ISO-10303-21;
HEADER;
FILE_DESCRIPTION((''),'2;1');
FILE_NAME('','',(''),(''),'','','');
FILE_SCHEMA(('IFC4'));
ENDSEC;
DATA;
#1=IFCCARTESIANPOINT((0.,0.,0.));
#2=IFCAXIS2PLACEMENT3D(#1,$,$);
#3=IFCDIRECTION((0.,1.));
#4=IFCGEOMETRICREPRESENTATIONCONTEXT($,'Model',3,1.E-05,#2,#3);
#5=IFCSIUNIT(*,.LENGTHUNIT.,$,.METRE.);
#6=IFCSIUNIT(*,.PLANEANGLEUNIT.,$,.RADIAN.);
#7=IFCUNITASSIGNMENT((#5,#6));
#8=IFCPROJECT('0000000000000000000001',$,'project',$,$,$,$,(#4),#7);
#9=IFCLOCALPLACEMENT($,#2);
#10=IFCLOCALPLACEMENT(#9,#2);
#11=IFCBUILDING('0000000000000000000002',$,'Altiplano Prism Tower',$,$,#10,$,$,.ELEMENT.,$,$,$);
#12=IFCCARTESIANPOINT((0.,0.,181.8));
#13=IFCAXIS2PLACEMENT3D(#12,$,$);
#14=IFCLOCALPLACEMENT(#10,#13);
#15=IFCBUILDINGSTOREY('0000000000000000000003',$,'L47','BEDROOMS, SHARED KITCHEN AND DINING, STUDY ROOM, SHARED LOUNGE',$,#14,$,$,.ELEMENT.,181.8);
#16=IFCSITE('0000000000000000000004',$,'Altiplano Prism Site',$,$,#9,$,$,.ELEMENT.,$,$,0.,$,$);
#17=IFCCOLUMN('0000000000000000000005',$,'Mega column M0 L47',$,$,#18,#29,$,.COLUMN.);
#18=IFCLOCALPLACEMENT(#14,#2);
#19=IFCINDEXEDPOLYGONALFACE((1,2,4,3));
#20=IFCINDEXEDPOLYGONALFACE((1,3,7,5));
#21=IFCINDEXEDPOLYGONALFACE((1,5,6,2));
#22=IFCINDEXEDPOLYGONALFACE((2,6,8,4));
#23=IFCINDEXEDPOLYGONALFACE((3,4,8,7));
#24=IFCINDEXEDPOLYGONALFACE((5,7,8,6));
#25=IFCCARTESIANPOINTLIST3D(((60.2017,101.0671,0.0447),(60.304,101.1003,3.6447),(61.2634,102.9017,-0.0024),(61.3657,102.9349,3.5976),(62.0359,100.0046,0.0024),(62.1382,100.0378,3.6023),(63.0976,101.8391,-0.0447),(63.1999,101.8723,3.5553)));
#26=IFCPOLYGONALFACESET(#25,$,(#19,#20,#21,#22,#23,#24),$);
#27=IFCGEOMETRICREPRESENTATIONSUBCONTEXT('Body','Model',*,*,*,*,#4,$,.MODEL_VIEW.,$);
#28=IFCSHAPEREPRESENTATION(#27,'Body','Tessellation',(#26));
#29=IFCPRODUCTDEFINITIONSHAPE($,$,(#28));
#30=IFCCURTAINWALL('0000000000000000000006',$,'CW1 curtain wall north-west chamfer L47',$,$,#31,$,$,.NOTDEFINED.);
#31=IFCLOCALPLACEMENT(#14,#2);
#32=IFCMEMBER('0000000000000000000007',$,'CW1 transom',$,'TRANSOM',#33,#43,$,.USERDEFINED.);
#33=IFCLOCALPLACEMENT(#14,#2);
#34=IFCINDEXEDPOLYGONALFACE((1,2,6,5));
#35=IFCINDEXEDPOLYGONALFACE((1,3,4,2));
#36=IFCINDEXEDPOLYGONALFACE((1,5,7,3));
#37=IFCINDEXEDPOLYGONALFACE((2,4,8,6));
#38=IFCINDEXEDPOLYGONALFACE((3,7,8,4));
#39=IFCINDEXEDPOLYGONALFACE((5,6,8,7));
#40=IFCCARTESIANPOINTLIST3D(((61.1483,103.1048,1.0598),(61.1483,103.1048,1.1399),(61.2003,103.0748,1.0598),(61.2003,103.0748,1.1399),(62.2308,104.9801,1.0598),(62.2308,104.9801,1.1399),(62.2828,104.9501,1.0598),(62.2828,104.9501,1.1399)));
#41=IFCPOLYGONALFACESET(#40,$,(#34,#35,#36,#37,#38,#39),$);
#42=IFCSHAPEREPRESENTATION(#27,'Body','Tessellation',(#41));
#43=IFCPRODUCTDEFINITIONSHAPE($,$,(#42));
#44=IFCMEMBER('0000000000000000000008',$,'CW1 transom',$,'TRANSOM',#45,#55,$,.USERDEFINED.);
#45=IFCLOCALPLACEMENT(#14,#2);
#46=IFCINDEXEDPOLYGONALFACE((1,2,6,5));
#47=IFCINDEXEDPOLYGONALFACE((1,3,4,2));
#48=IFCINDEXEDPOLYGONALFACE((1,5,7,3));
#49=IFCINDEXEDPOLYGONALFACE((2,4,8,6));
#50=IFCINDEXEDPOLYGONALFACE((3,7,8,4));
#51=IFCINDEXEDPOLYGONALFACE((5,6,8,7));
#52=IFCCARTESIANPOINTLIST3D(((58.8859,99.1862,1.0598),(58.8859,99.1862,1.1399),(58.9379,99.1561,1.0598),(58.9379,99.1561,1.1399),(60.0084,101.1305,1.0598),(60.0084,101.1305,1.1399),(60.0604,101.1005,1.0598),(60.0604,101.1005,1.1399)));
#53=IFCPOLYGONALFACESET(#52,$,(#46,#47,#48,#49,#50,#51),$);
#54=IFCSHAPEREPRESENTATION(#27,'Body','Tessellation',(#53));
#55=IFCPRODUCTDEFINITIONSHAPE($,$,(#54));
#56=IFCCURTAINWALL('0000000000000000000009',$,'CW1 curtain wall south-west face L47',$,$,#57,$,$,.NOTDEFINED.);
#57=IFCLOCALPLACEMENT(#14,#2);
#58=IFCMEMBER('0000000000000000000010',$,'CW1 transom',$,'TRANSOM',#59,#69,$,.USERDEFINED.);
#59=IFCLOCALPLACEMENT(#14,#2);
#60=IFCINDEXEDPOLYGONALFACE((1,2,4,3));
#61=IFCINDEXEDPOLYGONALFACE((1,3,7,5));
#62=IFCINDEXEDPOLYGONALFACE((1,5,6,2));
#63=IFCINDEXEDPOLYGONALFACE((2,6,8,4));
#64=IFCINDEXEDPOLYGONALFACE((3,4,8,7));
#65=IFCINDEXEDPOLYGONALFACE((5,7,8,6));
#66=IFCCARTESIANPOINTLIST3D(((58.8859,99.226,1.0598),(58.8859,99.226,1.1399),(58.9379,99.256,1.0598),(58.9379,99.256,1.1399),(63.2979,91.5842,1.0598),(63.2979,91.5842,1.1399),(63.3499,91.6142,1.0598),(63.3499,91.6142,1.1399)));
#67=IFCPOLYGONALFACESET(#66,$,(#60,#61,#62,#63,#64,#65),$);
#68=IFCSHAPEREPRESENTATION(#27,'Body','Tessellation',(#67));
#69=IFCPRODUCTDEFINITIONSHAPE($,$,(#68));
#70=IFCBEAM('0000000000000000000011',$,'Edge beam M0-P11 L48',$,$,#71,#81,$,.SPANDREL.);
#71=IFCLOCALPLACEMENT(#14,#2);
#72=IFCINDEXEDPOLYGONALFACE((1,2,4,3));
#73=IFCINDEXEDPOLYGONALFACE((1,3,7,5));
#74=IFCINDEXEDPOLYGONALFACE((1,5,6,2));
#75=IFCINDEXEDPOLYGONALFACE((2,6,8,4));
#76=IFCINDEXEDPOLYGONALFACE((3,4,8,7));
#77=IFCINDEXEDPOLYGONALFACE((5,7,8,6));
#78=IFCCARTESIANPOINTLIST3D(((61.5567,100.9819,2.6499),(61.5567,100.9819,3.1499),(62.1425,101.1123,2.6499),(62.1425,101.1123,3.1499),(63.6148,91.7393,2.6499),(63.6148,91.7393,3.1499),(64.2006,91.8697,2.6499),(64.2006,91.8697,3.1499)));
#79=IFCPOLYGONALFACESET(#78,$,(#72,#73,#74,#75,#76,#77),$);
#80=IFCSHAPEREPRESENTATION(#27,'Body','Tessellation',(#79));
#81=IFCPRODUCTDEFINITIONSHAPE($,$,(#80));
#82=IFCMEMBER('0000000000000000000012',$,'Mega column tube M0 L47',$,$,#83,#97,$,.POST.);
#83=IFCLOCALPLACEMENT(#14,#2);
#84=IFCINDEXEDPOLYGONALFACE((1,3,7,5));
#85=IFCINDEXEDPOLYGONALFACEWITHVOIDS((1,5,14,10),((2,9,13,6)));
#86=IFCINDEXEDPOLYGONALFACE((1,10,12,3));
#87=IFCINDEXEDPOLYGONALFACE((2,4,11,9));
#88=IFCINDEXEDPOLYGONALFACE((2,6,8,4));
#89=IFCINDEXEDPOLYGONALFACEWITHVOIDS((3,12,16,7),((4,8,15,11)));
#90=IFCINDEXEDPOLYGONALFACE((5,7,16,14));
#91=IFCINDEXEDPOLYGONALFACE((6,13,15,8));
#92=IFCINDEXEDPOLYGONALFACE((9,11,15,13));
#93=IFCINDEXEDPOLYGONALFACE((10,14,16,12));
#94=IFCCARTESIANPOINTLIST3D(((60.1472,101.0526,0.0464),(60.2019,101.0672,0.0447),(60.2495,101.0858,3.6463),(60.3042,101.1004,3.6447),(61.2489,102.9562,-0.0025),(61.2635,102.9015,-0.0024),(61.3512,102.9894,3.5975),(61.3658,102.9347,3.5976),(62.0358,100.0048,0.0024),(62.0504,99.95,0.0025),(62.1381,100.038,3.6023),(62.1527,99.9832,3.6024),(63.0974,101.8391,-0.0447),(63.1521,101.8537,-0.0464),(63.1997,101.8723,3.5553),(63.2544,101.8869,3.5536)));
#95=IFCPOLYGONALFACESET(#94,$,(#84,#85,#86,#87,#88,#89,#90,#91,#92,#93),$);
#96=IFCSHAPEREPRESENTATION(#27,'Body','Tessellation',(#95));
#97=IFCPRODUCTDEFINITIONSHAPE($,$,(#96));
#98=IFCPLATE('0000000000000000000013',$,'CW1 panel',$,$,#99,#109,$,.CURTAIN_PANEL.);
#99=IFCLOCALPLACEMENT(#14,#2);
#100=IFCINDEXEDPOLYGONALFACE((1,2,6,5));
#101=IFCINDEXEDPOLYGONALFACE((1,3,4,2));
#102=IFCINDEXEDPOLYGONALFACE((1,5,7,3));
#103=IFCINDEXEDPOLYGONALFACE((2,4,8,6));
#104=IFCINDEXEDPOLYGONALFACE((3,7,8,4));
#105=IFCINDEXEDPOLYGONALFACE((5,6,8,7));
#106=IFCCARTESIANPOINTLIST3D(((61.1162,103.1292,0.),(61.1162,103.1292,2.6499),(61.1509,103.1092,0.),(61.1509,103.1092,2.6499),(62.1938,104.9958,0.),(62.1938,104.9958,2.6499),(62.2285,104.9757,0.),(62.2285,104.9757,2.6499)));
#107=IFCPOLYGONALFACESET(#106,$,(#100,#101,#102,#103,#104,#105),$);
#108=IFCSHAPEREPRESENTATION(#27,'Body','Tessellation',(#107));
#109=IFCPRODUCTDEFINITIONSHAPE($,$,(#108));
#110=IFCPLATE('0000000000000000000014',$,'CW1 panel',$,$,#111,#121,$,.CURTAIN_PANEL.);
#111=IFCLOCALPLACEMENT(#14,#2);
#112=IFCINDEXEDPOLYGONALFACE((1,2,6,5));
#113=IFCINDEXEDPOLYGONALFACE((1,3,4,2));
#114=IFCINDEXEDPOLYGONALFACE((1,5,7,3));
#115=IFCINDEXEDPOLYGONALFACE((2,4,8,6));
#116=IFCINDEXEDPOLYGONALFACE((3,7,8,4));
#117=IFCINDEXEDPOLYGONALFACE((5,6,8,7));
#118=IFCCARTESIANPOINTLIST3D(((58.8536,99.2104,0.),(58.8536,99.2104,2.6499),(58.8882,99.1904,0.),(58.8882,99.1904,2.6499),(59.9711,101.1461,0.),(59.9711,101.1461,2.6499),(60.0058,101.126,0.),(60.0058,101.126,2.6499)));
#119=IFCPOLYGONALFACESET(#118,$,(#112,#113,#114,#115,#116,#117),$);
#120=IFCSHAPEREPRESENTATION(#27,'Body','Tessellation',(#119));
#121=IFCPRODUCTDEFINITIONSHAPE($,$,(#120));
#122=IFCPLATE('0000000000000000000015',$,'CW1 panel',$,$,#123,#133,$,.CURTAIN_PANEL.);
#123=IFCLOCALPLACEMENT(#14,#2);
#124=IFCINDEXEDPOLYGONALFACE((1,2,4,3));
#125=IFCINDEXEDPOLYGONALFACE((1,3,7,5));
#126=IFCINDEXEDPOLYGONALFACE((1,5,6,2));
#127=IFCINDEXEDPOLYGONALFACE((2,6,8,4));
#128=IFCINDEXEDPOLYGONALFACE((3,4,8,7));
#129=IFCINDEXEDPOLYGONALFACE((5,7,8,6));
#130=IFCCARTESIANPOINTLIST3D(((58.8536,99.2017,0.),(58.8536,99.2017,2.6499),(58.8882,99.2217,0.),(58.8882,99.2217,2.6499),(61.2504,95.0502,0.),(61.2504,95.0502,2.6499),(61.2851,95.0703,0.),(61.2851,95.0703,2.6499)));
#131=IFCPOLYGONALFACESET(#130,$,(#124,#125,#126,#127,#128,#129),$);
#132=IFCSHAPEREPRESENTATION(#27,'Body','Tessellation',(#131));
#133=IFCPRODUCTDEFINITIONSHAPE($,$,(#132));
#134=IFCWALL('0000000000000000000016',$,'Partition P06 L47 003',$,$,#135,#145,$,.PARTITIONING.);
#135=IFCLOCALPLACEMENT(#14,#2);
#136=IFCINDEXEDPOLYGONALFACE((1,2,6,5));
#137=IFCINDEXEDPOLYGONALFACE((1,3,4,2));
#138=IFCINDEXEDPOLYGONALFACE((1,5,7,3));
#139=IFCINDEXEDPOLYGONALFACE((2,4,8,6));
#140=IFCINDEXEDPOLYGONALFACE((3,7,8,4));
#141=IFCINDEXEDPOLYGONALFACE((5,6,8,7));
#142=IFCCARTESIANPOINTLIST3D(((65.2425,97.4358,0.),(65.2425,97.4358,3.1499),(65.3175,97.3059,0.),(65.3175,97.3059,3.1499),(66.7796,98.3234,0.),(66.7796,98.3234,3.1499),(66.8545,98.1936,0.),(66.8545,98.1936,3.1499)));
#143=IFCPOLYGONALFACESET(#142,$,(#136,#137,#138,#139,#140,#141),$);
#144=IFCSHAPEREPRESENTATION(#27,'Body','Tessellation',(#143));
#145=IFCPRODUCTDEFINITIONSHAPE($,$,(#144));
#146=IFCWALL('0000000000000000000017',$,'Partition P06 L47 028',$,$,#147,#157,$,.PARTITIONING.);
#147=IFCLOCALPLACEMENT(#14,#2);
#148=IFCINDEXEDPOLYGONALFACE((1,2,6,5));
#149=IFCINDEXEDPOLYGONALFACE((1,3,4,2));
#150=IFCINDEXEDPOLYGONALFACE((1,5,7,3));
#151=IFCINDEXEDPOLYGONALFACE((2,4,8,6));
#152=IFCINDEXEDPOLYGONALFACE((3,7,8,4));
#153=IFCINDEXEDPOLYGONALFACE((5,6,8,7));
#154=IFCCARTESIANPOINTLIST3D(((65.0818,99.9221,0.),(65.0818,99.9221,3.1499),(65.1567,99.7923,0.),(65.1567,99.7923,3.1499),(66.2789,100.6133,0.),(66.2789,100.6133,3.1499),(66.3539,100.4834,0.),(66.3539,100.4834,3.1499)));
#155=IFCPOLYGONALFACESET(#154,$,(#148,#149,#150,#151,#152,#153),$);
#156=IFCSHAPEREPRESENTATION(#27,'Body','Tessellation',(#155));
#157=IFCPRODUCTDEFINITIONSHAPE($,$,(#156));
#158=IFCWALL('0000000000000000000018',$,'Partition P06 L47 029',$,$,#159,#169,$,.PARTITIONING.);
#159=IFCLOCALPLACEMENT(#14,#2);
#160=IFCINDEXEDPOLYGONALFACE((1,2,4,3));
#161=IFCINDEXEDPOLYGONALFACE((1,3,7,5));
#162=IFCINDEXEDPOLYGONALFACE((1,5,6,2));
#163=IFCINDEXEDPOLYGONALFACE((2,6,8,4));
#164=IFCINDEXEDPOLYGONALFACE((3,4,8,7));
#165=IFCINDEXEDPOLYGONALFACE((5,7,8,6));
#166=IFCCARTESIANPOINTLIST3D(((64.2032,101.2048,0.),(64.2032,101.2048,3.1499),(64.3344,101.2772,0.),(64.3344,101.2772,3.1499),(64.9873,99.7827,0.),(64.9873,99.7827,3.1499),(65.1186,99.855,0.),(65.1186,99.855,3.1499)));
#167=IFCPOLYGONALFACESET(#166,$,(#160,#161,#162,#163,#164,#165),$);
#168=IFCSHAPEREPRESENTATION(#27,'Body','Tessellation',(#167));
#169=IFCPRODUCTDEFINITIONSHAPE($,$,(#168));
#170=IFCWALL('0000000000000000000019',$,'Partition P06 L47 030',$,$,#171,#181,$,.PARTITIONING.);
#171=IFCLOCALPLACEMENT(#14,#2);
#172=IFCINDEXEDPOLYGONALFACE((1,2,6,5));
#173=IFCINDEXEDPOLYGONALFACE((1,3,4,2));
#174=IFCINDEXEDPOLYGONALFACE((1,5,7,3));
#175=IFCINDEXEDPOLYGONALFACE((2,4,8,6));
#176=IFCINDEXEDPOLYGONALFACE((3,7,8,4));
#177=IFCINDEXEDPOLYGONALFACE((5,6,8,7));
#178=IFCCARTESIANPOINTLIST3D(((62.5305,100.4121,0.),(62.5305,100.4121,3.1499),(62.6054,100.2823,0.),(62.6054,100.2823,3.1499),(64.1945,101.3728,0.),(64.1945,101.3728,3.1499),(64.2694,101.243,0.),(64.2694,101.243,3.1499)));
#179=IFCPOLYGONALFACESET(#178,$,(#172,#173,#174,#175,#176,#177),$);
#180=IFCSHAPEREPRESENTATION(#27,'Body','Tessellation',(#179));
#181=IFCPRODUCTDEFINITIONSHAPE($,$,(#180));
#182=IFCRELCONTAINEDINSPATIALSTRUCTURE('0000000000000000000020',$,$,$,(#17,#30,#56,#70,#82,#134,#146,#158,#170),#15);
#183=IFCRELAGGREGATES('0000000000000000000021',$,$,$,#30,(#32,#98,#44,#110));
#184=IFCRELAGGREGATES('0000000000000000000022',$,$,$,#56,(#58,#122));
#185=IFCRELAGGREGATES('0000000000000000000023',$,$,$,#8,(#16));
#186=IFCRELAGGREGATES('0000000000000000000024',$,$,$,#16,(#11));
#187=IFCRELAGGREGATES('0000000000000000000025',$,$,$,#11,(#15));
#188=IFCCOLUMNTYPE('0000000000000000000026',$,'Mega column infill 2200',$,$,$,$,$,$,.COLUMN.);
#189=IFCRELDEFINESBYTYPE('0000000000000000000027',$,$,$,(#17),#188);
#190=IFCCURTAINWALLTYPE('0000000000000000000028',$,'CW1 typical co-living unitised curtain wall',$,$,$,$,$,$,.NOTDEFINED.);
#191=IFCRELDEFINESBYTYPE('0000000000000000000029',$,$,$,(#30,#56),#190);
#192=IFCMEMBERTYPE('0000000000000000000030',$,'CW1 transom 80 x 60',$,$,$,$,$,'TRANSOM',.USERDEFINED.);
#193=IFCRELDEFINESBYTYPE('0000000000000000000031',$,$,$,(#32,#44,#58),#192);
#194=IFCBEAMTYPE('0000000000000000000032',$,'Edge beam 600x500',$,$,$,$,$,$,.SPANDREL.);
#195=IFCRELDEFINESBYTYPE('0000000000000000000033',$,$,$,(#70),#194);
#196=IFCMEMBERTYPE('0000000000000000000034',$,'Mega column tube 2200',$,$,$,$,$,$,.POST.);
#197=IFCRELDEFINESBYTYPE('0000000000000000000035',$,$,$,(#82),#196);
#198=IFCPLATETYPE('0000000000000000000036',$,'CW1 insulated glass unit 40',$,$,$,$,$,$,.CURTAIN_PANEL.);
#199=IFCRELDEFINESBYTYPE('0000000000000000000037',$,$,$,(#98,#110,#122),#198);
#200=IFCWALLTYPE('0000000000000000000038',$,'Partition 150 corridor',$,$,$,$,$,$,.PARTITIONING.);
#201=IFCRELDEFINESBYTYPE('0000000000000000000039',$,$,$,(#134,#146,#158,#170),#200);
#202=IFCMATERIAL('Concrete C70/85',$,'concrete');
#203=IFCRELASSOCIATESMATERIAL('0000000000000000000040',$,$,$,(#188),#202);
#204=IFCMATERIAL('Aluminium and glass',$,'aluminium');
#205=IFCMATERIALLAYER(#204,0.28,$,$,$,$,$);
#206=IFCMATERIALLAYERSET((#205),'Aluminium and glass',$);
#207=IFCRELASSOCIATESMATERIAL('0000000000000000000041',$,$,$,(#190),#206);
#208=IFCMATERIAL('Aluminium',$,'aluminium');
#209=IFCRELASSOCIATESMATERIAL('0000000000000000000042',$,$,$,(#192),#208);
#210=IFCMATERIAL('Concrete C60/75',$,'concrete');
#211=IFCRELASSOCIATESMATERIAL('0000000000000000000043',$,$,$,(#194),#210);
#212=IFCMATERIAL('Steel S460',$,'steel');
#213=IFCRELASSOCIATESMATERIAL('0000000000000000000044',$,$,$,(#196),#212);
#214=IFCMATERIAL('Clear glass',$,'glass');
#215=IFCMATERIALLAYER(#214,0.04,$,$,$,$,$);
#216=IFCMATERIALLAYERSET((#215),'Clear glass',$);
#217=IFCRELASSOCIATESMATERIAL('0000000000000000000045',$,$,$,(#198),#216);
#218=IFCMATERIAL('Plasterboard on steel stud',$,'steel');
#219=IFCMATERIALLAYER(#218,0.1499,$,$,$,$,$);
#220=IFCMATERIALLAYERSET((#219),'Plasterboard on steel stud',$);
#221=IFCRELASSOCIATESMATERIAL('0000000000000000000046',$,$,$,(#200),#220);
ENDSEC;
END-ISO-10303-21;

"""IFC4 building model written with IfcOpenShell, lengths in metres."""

from ifc_helpers import new_model, si_unit, direction, frame, frame_2d, origin, origin_2d, place, context, subcontext, project, spatial, rectangle, hollow_rectangle, extrude, material, layer, layer_set, material_profile, profile_set, type_object, element, aggregate, save


model = new_model("IFC4")

# Units and contexts
model_context = context("Model", 3, precision=1e-05, world=origin(), true_north=direction((0.0, 1.0)))
body_context = subcontext(model_context, "Body", "Model", "MODEL_VIEW")
ifc_project = project(units=[si_unit("LENGTHUNIT", "METRE"), si_unit("PLANEANGLEUNIT", "RADIAN")], contexts=[model_context])

# Site, building, storey
site_placement = place(None, origin())
site = spatial("IfcSite", under=ifc_project, at=site_placement, Name="Altiplano Prism Site", CompositionType="ELEMENT", RefElevation=0.0)
building_placement = place(site_placement, origin())
building = spatial("IfcBuilding", under=site, at=building_placement, Name="Altiplano Prism Tower", CompositionType="ELEMENT")
storey_placement = place(building_placement, frame((0.0, 0.0, 181.8)))
storey = spatial("IfcBuildingStorey", under=building, at=storey_placement, Name="L47", Description="BEDROOMS, SHARED KITCHEN AND DINING, STUDY ROOM, SHARED LOUNGE", CompositionType="ELEMENT", Elevation=181.8)

# Column
ifc_material_1 = material(Name="Concrete C70/85", Category="concrete")
ifc_material_profile_1 = material_profile(ifc_material_1, rectangle(XDim=2.1201, YDim=2.1201, at=origin_2d()), Name="Mega column infill 2200")
ifc_profile_set_1 = profile_set([ifc_material_profile_1], Name="Concrete C70/85")
column_type = type_object("IfcColumnType", Name="Mega column infill 2200", PredefinedType="COLUMN", material=ifc_profile_set_1)
column_placement = place(storey_placement, frame((61.6497, 101.4531, 0.0), z_axis=(0.028404, 0.009219, 0.999554), x_axis=(-0.865117, 0.501173, 0.019961)))
element("IfcColumn", 1, at=column_placement, inside=storey, type_object=column_type, Name="Mega column M0 L47", PredefinedType="COLUMN", context=body_context, shape_type="SweptSolid", body=[
    extrude(rectangle(XDim=2.1201, YDim=2.1201, at=origin_2d()), origin(), (0.0, 0.0, 1.0), 3.6016),
])

# Curtain wall, members
ifc_material_2 = material(Name="Aluminium and glass", Category="aluminium")
ifc_layer_1 = layer(ifc_material_2, 0.28)
ifc_layer_set_1 = layer_set([ifc_layer_1], Name="Aluminium and glass")
curtain_wall_type = type_object("IfcCurtainWallType", Name="CW1 typical co-living unitised curtain wall", PredefinedType="NOTDEFINED", material=ifc_layer_set_1)
curtain_wall_1_placement = place(storey_placement, origin())
curtain_wall_1 = element("IfcCurtainWall", 2, at=curtain_wall_1_placement, inside=storey, type_object=curtain_wall_type, Name="CW1 curtain wall north-west chamfer L47", PredefinedType="NOTDEFINED")
ifc_material_3 = material(Name="Aluminium", Category="aluminium")
ifc_material_profile_2 = material_profile(ifc_material_3, rectangle(XDim=0.0601, YDim=0.0801, at=origin_2d()), Name="CW1 transom 80 x 60")
ifc_profile_set_2 = profile_set([ifc_material_profile_2], Name="Aluminium")
member_type_1 = type_object("IfcMemberType", Name="CW1 transom 80 x 60", ElementType="TRANSOM", PredefinedType="USERDEFINED", material=ifc_profile_set_2)
member_1_placement = place(storey_placement, frame((62.2568, 104.9651, 1.0999), z_axis=(-0.499947, -0.866056, 0.0), x_axis=(0.866056, -0.499947, 0.0)))
member_1 = element("IfcMember", 3, at=member_1_placement, type_object=member_type_1, Name="CW1 transom", ObjectType="TRANSOM", PredefinedType="USERDEFINED", context=body_context, shape_type="SweptSolid", body=[
    extrude(rectangle(XDim=0.0601, YDim=0.0801, at=origin_2d()), origin(), (0.0, 0.0, 1.0), 2.1653),
])
member_2_placement = place(storey_placement, frame((60.0344, 101.1155, 1.0999), z_axis=(-0.499999, -0.866026, 0.0), x_axis=(0.866026, -0.499999, 0.0)))
member_2 = element("IfcMember", 4, at=member_2_placement, type_object=member_type_1, Name="CW1 transom", ObjectType="TRANSOM", PredefinedType="USERDEFINED", context=body_context, shape_type="SweptSolid", body=[
    extrude(rectangle(XDim=0.0601, YDim=0.0801, at=origin_2d()), origin(), (0.0, 0.0, 1.0), 2.2451),
])

# Curtain wall, member
curtain_wall_2_placement = place(storey_placement, origin())
curtain_wall_2 = element("IfcCurtainWall", 5, at=curtain_wall_2_placement, inside=storey, type_object=curtain_wall_type, Name="CW1 curtain wall south-west face L47", PredefinedType="NOTDEFINED")
member_3_placement = place(storey_placement, frame((58.9119, 99.241, 1.0999), z_axis=(0.500007, -0.866021, 0.0), x_axis=(0.866021, 0.500007, 0.0)))
member_3 = element("IfcMember", 6, at=member_3_placement, type_object=member_type_1, Name="CW1 transom", ObjectType="TRANSOM", PredefinedType="USERDEFINED", context=body_context, shape_type="SweptSolid", body=[
    extrude(rectangle(XDim=0.0601, YDim=0.0801, at=origin_2d()), origin(), (0.0, 0.0, 1.0), 8.824),
])

# Beam
ifc_material_4 = material(Name="Concrete C60/75", Category="concrete")
ifc_material_profile_3 = material_profile(ifc_material_4, rectangle(XDim=0.6001, YDim=0.5, at=origin_2d()), Name="Edge beam 600x500")
ifc_profile_set_3 = profile_set([ifc_material_profile_3], Name="Concrete C60/75")
beam_type = type_object("IfcBeamType", Name="Edge beam 600x500", PredefinedType="SPANDREL", material=ifc_profile_set_3)
beam_placement = place(storey_placement, frame((61.8496, 101.0471, 2.8999), z_axis=(0.217351, -0.976094, 0.0), x_axis=(0.976094, 0.217351, 0.0)))
element("IfcBeam", 7, at=beam_placement, inside=storey, type_object=beam_type, Name="Edge beam M0-P11 L48", PredefinedType="SPANDREL", context=body_context, shape_type="SweptSolid", body=[
    extrude(rectangle(XDim=0.6001, YDim=0.5, at=origin_2d()), origin(), (0.0, 0.0, 1.0), 9.469),
])

# Member
ifc_material_5 = material(Name="Steel S460", Category="steel")
ifc_material_profile_4 = material_profile(ifc_material_5, hollow_rectangle(XDim=2.2, YDim=2.2, WallThickness=0.04, at=origin_2d()), Name="Mega column tube 2200")
ifc_profile_set_4 = profile_set([ifc_material_profile_4], Name="Steel S460")
member_type_2 = type_object("IfcMemberType", Name="Mega column tube 2200", PredefinedType="POST", material=ifc_profile_set_4)
member_4_placement = place(storey_placement, frame((61.6497, 101.4531, 0.0), z_axis=(0.028404, 0.009219, 0.999554), x_axis=(-0.865117, 0.501173, 0.019961)))
element("IfcMember", 8, at=member_4_placement, inside=storey, type_object=member_type_2, Name="Mega column tube M0 L47", PredefinedType="POST", context=body_context, shape_type="SweptSolid", body=[
    extrude(hollow_rectangle(XDim=2.2, YDim=2.2, WallThickness=0.04, at=origin_2d()), origin(), (0.0, 0.0, 1.0), 3.6016),
])

# Plates
ifc_material_6 = material(Name="Clear glass", Category="glass")
ifc_layer_2 = layer(ifc_material_6, 0.04)
ifc_layer_set_2 = layer_set([ifc_layer_2], Name="Clear glass")
plate_type = type_object("IfcPlateType", Name="CW1 insulated glass unit 40", PredefinedType="CURTAIN_PANEL", material=ifc_layer_set_2)
plate_1_placement = place(storey_placement, frame((61.6724, 104.0525, 0.0), z_axis=(0.0, 0.0, 1.0), x_axis=(-0.5, -0.866025, 0.0)))
plate_1 = element("IfcPlate", 9, at=plate_1_placement, type_object=plate_type, Name="CW1 panel", PredefinedType="CURTAIN_PANEL", context=body_context, shape_type="SweptSolid", body=[
    extrude(rectangle(XDim=2.1553, YDim=0.04, at=origin_2d()), origin(), (0.0, 0.0, 1.0), 2.6499),
])
plate_2_placement = place(storey_placement, frame((59.4297, 100.1682, 0.0), z_axis=(0.0, 0.0, 1.0), x_axis=(-0.5, -0.866025, 0.0)))
plate_2 = element("IfcPlate", 10, at=plate_2_placement, type_object=plate_type, Name="CW1 panel", PredefinedType="CURTAIN_PANEL", context=body_context, shape_type="SweptSolid", body=[
    extrude(rectangle(XDim=2.2351, YDim=0.04, at=origin_2d()), origin(), (0.0, 0.0, 1.0), 2.6499),
])
aggregate(curtain_wall_1, [member_1, plate_1, member_2, plate_2])
plate_3_placement = place(storey_placement, frame((60.0693, 97.136, 0.0), z_axis=(0.0, 0.0, 1.0), x_axis=(0.5, -0.866025, 0.0)))
plate_3 = element("IfcPlate", 11, at=plate_3_placement, type_object=plate_type, Name="CW1 panel", PredefinedType="CURTAIN_PANEL", context=body_context, shape_type="SweptSolid", body=[
    extrude(rectangle(XDim=4.7937, YDim=0.04, at=origin_2d()), origin(), (0.0, 0.0, 1.0), 2.6499),
])
aggregate(curtain_wall_2, [member_3, plate_3])

# Walls
ifc_material_7 = material(Name="Plasterboard on steel stud", Category="steel")
ifc_layer_3 = layer(ifc_material_7, 0.1499)
ifc_layer_set_3 = layer_set([ifc_layer_3], Name="Plasterboard on steel stud")
wall_type_1 = type_object("IfcWallType", Name="Partition 150 corridor", PredefinedType="PARTITIONING", material=ifc_layer_set_3)
wall_1_placement = place(storey_placement, frame((65.28, 97.3708, 0.0), z_axis=(0.0, 0.0, 1.0), x_axis=(0.865966, 0.500103, 0.0)))
element("IfcWall", 12, at=wall_1_placement, inside=storey, type_object=wall_type_1, Name="Partition P06 L47 003", PredefinedType="PARTITIONING", context=body_context, shape_type="SweptSolid", body=[
    extrude(rectangle(XDim=1.7749, YDim=0.1499, at=frame_2d((0.8875, 0.0))), origin(), (0.0, 0.0, 1.0), 3.1499),
])
wall_2_placement = place(storey_placement, frame((66.3164, 100.5483, 0.0), z_axis=(0.0, 0.0, 1.0), x_axis=(-0.86605, -0.499957, 0.0)))
element("IfcWall", 13, at=wall_2_placement, inside=storey, type_object=wall_type_1, Name="Partition P06 L47 028", PredefinedType="PARTITIONING", context=body_context, shape_type="SweptSolid", body=[
    extrude(rectangle(XDim=1.3823, YDim=0.1499, at=frame_2d((0.6912, 0.0))), origin(), (0.0, 0.0, 1.0), 3.1499),
])
wall_3_placement = place(storey_placement, frame((65.053, 99.8188, 0.0), z_axis=(0.0, 0.0, 1.0), x_axis=(-0.482871, 0.875692, 0.0)))
element("IfcWall", 14, at=wall_3_placement, inside=storey, type_object=wall_type_1, Name="Partition P06 L47 029", PredefinedType="PARTITIONING", context=body_context, shape_type="SweptSolid", body=[
    extrude(rectangle(XDim=1.624, YDim=0.1499, at=frame_2d((0.812, 0.0))), origin(), (0.0, 0.0, 1.0), 3.1499),
])
wall_4_placement = place(storey_placement, frame((64.2319, 101.3079, 0.0), z_axis=(0.0, 0.0, 1.0), x_axis=(-0.866037, -0.499979, 0.0)))
element("IfcWall", 15, at=wall_4_placement, inside=storey, type_object=wall_type_1, Name="Partition P06 L47 030", PredefinedType="PARTITIONING", context=body_context, shape_type="SweptSolid", body=[
    extrude(rectangle(XDim=1.9214, YDim=0.1499, at=frame_2d((0.9607, 0.0))), origin(), (0.0, 0.0, 1.0), 3.1499),
])

save(model, "model.ifc")
